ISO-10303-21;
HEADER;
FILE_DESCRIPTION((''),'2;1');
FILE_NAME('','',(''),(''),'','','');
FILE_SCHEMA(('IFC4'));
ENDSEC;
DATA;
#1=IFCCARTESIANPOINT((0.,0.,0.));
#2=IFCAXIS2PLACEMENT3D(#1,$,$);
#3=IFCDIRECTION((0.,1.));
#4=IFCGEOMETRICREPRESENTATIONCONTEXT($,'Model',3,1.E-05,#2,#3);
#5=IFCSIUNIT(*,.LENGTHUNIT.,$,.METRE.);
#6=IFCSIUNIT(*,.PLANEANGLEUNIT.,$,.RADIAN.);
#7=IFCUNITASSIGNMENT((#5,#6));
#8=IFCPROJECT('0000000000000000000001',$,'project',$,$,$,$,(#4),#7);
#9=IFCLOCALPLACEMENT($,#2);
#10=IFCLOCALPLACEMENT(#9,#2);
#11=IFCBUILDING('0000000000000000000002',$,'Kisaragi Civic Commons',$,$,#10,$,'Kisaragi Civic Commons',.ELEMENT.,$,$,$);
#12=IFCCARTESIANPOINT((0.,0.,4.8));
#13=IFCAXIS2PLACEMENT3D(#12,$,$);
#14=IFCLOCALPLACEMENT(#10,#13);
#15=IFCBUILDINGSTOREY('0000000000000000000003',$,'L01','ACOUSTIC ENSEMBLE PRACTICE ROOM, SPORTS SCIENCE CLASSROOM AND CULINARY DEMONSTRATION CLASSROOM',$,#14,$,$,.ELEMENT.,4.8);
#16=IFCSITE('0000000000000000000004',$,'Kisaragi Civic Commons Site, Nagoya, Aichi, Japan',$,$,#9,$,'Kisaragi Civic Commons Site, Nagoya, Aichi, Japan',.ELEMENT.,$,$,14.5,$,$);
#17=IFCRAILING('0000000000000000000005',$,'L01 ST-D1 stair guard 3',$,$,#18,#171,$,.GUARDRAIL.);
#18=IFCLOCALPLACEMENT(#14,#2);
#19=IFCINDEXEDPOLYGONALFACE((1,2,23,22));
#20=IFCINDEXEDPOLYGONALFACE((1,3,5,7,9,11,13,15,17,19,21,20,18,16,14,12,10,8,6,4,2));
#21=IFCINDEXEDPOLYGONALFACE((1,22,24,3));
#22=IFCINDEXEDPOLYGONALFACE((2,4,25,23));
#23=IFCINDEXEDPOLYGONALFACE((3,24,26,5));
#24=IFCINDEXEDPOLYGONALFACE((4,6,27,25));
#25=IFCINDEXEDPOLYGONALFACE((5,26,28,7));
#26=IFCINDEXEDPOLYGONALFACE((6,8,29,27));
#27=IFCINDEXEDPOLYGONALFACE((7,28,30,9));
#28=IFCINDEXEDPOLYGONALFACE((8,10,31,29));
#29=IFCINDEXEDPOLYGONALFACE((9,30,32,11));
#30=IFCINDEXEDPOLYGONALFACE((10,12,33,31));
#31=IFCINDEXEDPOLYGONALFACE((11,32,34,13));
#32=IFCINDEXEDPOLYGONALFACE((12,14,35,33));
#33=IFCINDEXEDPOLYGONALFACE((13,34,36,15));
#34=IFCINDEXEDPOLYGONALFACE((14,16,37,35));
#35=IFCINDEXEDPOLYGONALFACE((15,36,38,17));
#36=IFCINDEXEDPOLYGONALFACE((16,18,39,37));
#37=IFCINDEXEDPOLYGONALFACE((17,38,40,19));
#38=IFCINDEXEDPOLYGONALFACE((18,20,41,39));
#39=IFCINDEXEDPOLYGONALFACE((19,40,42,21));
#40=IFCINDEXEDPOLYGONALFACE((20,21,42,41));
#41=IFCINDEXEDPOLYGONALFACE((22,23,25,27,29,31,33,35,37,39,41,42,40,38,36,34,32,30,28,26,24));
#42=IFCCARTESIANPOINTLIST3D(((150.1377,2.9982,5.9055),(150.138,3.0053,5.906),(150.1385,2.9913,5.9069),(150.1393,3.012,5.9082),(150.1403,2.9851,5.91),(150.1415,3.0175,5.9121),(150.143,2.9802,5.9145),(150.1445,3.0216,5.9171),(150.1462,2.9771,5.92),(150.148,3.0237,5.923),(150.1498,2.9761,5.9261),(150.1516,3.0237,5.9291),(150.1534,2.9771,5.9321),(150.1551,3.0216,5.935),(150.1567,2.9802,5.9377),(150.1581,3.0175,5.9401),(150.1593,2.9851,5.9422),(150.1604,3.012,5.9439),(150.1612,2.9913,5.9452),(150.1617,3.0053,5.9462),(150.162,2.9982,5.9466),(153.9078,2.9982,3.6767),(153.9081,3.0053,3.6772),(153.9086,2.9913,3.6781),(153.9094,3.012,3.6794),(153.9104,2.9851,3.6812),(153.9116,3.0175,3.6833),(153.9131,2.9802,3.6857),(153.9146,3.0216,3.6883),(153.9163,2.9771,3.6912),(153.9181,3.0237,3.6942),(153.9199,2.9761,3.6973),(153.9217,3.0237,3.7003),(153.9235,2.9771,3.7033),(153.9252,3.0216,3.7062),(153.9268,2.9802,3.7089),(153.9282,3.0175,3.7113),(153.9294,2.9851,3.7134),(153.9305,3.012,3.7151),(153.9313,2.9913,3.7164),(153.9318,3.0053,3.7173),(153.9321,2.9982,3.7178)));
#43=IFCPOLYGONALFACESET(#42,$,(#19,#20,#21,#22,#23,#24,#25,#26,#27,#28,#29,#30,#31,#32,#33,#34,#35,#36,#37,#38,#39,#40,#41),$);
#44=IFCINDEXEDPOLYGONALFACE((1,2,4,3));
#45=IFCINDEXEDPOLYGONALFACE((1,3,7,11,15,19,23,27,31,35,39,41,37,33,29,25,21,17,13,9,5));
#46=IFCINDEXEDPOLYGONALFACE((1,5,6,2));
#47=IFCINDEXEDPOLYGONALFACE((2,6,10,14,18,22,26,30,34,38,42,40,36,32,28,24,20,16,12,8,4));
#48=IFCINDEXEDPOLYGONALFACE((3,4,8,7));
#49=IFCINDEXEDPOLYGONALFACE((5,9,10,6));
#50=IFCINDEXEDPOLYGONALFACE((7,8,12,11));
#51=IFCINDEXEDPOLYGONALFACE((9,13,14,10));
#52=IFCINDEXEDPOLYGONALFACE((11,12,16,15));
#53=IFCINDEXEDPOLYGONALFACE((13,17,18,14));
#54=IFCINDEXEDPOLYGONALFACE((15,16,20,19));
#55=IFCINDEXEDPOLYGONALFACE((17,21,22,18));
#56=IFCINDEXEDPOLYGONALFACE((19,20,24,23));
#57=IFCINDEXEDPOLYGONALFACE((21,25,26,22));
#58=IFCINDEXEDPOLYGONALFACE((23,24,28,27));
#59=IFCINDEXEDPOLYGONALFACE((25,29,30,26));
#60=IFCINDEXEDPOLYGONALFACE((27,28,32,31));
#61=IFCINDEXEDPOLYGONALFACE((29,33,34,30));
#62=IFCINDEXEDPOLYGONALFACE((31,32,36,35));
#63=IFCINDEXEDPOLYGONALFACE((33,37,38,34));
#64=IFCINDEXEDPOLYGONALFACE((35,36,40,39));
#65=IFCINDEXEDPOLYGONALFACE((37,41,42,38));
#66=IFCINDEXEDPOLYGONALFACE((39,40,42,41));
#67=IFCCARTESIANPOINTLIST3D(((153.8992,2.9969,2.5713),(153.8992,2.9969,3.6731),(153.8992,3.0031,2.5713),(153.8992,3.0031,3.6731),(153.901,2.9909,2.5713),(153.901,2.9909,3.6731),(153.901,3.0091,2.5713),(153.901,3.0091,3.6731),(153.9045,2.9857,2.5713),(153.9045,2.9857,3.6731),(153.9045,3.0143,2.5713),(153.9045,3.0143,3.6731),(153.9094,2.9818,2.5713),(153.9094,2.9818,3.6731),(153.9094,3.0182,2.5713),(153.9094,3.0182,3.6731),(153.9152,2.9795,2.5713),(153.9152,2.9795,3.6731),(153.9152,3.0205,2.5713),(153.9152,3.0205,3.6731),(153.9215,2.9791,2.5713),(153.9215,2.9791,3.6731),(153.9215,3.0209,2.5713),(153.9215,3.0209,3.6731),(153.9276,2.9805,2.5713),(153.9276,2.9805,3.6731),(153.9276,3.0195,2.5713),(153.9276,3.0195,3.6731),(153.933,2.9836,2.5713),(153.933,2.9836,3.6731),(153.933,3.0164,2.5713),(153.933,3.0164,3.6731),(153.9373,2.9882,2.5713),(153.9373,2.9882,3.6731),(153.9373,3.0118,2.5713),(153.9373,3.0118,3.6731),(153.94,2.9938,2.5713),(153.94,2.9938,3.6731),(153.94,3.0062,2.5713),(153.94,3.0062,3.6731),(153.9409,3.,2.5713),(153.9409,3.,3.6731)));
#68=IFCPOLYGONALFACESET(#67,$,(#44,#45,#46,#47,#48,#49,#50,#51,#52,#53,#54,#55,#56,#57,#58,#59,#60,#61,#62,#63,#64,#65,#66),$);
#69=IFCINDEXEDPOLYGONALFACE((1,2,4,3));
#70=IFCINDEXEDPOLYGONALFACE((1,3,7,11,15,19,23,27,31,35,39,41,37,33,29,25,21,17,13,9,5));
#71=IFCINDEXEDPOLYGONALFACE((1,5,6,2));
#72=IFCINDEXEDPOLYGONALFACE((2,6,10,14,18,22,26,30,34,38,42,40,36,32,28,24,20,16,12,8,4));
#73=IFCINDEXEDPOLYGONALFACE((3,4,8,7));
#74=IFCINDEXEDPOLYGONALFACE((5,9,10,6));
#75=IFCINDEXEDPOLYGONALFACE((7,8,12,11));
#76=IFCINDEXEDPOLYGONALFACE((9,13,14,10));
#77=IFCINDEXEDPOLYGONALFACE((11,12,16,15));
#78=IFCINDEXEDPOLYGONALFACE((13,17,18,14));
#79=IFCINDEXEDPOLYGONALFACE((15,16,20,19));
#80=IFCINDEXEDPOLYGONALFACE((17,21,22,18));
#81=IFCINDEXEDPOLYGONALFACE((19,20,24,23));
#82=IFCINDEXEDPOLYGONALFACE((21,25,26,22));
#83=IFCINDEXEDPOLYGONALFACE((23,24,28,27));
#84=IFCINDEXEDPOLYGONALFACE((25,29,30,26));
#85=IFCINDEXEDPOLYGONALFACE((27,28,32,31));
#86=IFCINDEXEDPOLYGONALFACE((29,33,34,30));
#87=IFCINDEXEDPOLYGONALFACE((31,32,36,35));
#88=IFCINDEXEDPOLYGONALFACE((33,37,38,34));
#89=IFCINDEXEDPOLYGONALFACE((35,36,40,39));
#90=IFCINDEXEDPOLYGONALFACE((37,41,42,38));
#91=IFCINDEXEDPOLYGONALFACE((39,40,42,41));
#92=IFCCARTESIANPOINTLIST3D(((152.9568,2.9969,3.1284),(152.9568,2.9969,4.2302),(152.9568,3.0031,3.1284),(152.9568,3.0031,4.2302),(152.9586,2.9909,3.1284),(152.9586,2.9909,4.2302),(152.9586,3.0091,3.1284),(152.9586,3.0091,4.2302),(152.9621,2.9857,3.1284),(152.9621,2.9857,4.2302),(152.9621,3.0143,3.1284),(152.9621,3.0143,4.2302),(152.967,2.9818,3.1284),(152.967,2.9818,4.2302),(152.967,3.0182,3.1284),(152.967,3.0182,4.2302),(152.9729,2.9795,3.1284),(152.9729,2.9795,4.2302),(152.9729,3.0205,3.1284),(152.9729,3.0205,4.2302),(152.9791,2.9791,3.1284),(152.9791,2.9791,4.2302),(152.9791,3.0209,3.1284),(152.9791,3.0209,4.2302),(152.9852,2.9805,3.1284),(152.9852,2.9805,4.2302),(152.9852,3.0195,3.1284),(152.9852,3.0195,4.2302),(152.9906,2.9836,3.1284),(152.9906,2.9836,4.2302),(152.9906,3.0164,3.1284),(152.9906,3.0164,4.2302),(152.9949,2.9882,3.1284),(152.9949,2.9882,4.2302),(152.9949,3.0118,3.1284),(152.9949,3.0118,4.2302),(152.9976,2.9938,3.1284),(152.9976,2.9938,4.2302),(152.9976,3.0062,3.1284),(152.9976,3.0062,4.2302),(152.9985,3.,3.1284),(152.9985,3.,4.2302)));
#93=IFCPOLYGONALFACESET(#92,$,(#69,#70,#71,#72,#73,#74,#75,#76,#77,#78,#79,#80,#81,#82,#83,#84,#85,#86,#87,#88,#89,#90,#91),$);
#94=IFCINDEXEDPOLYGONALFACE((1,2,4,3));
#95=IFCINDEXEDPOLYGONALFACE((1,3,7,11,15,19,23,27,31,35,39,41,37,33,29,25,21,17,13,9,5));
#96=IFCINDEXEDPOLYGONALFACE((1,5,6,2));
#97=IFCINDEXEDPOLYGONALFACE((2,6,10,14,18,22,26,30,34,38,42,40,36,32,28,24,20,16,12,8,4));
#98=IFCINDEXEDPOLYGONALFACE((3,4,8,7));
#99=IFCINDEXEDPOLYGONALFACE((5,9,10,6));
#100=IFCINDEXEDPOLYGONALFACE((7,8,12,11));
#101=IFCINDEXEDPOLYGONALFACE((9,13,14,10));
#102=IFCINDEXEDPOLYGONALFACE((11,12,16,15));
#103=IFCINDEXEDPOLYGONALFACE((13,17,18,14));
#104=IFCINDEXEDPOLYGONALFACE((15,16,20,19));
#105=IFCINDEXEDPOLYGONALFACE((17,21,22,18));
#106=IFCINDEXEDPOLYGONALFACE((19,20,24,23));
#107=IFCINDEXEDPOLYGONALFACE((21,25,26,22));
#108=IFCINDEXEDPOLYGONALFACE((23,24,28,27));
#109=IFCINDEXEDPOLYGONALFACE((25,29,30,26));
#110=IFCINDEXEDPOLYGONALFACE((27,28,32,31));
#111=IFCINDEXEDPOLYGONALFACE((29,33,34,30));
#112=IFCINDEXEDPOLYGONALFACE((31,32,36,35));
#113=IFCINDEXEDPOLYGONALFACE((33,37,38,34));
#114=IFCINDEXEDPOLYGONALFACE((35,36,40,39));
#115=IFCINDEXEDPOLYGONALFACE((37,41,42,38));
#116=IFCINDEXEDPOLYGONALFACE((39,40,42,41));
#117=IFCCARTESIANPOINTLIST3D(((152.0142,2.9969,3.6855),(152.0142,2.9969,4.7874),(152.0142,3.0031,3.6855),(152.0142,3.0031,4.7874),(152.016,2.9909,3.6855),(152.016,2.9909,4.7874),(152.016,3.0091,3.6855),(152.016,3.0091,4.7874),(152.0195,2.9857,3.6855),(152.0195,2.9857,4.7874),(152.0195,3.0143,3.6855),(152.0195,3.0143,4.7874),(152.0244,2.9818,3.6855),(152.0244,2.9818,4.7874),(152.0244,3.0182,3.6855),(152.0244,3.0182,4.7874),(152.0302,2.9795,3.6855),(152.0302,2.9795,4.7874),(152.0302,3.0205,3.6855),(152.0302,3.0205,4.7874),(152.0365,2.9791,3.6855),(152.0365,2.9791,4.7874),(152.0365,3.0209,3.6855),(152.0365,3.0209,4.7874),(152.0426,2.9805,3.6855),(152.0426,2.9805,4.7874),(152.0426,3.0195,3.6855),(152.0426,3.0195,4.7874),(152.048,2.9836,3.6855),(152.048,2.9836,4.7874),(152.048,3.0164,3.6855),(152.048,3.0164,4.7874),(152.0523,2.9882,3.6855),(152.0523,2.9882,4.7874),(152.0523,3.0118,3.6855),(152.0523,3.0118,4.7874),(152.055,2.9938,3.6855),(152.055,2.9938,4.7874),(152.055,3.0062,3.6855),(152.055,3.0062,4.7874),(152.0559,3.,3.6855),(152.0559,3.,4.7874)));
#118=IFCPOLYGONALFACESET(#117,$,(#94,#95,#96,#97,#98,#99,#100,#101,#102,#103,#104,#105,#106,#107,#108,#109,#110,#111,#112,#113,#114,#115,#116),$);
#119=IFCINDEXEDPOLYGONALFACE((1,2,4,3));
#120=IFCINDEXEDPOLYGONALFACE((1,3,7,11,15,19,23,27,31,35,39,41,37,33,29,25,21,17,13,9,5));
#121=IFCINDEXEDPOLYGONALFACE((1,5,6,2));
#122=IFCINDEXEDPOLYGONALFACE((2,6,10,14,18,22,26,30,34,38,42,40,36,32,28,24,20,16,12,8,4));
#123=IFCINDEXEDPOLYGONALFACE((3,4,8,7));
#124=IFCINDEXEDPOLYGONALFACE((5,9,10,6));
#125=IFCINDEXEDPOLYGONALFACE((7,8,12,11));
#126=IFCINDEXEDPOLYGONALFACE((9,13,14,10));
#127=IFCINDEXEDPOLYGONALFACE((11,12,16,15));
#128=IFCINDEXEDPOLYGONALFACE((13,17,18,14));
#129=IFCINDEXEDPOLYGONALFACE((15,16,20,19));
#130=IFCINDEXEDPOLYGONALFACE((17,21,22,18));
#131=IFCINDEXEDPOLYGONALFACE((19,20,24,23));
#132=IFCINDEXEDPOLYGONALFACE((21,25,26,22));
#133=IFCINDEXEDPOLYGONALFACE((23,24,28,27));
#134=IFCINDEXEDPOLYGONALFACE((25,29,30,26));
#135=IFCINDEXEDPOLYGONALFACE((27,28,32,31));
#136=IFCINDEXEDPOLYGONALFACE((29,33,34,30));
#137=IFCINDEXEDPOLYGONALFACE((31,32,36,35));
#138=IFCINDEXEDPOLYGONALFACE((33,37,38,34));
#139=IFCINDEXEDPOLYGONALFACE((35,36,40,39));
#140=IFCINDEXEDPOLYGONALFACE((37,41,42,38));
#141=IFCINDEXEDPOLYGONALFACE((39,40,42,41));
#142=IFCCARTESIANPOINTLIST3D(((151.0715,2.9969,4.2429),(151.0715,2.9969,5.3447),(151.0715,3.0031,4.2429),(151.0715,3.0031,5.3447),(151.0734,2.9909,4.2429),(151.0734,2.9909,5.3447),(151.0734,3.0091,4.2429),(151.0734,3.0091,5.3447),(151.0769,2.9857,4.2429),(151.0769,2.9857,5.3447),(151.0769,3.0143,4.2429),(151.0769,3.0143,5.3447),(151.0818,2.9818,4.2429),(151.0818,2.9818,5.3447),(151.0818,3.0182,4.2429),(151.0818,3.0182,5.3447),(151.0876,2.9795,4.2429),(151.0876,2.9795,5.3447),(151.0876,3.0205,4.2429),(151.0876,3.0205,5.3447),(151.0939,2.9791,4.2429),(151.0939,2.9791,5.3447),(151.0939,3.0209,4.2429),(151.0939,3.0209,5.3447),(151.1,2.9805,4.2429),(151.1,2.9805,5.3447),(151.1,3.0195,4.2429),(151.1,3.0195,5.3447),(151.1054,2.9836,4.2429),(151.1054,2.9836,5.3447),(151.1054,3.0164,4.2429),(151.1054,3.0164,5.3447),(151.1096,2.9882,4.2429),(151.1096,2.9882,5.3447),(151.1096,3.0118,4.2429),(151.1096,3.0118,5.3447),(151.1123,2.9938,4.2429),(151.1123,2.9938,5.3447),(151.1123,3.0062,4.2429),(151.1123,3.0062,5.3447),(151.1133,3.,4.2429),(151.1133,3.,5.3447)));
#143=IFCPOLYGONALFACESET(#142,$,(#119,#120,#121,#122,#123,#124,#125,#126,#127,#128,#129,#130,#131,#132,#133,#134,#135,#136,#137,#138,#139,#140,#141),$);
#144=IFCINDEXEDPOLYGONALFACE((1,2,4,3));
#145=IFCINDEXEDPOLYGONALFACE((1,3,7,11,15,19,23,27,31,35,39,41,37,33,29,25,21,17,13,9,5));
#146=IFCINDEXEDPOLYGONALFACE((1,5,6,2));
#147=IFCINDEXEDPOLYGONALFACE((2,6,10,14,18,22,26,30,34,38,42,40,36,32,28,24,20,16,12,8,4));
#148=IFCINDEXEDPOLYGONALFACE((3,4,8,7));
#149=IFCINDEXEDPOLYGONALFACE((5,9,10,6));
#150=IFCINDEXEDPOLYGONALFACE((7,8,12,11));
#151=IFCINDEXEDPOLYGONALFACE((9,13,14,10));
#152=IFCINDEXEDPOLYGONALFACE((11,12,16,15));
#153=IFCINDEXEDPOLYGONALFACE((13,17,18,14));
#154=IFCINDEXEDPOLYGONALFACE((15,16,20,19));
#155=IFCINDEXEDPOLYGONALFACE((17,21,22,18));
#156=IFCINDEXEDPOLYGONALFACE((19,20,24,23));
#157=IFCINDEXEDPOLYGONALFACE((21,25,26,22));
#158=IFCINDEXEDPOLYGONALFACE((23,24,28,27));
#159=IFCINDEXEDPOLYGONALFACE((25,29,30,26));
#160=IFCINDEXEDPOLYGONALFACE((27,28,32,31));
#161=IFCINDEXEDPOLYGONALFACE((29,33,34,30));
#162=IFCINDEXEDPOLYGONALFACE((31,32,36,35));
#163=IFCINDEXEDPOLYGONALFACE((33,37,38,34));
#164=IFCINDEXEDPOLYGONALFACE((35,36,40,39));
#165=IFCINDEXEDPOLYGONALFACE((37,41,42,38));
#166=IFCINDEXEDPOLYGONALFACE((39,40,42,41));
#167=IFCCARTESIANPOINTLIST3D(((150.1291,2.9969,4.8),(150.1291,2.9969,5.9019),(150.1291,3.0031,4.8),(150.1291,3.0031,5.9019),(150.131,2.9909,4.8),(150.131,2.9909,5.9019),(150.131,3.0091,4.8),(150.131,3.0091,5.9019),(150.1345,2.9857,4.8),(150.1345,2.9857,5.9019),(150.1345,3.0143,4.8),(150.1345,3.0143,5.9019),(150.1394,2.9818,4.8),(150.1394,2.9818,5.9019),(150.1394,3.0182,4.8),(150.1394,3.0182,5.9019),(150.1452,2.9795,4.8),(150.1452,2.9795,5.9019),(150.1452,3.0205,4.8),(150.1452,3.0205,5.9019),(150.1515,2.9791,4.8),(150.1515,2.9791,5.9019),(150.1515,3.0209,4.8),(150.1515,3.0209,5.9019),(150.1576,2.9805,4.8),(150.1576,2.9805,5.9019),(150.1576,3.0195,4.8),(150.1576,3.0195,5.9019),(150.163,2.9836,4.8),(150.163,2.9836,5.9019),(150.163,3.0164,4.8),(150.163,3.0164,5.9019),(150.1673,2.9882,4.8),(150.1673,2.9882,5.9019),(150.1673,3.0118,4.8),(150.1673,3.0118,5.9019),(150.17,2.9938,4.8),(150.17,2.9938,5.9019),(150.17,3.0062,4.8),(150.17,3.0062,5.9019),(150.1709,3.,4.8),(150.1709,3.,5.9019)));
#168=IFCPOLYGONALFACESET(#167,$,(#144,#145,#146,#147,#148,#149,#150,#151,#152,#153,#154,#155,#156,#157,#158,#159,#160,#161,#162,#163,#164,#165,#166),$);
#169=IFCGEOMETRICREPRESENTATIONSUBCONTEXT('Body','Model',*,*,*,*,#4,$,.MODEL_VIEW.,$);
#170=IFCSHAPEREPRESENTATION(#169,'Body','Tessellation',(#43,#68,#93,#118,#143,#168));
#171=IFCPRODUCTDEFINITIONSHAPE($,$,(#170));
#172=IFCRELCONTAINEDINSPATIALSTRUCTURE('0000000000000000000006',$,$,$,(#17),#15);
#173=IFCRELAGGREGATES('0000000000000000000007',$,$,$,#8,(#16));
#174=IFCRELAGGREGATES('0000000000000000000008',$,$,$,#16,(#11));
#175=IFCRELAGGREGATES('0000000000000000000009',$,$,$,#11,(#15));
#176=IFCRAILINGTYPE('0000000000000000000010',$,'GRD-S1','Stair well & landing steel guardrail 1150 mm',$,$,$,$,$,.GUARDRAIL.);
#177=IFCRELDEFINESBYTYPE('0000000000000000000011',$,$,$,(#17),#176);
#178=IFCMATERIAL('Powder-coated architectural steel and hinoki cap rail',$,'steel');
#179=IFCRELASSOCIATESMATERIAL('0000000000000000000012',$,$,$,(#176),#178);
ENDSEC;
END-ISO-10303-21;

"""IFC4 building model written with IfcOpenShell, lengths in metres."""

from ifc_helpers import new_model, si_unit, direction, frame, origin, origin_2d, place, context, subcontext, project, spatial, circle, extrude, material, type_object, element, save


model = new_model("IFC4")

# Units and contexts
model_context = context("Model", 3, precision=1e-05, world=origin(), true_north=direction((0.0, 1.0)))
body_context = subcontext(model_context, "Body", "Model", "MODEL_VIEW")
ifc_project = project(units=[si_unit("LENGTHUNIT", "METRE"), si_unit("PLANEANGLEUNIT", "RADIAN")], contexts=[model_context])

# Site, building, storey
site_placement = place(None, origin())
site = spatial("IfcSite", under=ifc_project, at=site_placement, Name="Kisaragi Civic Commons Site, Nagoya, Aichi, Japan", LongName="Kisaragi Civic Commons Site, Nagoya, Aichi, Japan", CompositionType="ELEMENT", RefElevation=14.5)
building_placement = place(site_placement, origin())
building = spatial("IfcBuilding", under=site, at=building_placement, Name="Kisaragi Civic Commons", LongName="Kisaragi Civic Commons", CompositionType="ELEMENT")
storey_placement = place(building_placement, frame((0.0, 0.0, 4.8)))
storey = spatial("IfcBuildingStorey", under=building, at=storey_placement, Name="L01", Description="ACOUSTIC ENSEMBLE PRACTICE ROOM, SPORTS SCIENCE CLASSROOM AND CULINARY DEMONSTRATION CLASSROOM", CompositionType="ELEMENT", Elevation=4.8)

# Railing
ifc_material_1 = material(Name="Powder-coated architectural steel and hinoki cap rail", Category="steel")
railing_type_1 = type_object("IfcRailingType", Name="GRD-S1", Description="Stair well & landing steel guardrail 1150 mm", PredefinedType="GUARDRAIL", material=ifc_material_1)
railing_1_placement = place(storey_placement, frame((153.9199, 3.0, 2.5713)))
element("IfcRailing", 1, at=railing_1_placement, inside=storey, type_object=railing_type_1, Name="L01 ST-D1 stair guard 3", PredefinedType="GUARDRAIL", context=body_context, shape_type="SweptSolid", body=[
    extrude(circle(Radius=0.0239, at=origin_2d()), frame((0.0, 0.0, 1.126), z_axis=(-0.860824, 0.0, 0.508902), x_axis=(0.0, -1.0, 0.0)), (0.0, 0.0, 1.0), 4.3796),
    extrude(circle(Radius=0.021, at=origin_2d()), origin(), (0.0, 0.0, 1.0), 1.1018),
    extrude(circle(Radius=0.021, at=origin_2d()), frame((-0.9424, 0.0, 0.5571)), (0.0, 0.0, 1.0), 1.1018),
    extrude(circle(Radius=0.021, at=origin_2d()), frame((-1.885, 0.0, 1.1143)), (0.0, 0.0, 1.0), 1.1018),
    extrude(circle(Radius=0.021, at=origin_2d()), frame((-2.8276, 0.0, 1.6716)), (0.0, 0.0, 1.0), 1.1018),
    extrude(circle(Radius=0.021, at=origin_2d()), frame((-3.77, 0.0, 2.2288)), (0.0, 0.0, 1.0), 1.1018),
])

save(model, "model.ifc")
